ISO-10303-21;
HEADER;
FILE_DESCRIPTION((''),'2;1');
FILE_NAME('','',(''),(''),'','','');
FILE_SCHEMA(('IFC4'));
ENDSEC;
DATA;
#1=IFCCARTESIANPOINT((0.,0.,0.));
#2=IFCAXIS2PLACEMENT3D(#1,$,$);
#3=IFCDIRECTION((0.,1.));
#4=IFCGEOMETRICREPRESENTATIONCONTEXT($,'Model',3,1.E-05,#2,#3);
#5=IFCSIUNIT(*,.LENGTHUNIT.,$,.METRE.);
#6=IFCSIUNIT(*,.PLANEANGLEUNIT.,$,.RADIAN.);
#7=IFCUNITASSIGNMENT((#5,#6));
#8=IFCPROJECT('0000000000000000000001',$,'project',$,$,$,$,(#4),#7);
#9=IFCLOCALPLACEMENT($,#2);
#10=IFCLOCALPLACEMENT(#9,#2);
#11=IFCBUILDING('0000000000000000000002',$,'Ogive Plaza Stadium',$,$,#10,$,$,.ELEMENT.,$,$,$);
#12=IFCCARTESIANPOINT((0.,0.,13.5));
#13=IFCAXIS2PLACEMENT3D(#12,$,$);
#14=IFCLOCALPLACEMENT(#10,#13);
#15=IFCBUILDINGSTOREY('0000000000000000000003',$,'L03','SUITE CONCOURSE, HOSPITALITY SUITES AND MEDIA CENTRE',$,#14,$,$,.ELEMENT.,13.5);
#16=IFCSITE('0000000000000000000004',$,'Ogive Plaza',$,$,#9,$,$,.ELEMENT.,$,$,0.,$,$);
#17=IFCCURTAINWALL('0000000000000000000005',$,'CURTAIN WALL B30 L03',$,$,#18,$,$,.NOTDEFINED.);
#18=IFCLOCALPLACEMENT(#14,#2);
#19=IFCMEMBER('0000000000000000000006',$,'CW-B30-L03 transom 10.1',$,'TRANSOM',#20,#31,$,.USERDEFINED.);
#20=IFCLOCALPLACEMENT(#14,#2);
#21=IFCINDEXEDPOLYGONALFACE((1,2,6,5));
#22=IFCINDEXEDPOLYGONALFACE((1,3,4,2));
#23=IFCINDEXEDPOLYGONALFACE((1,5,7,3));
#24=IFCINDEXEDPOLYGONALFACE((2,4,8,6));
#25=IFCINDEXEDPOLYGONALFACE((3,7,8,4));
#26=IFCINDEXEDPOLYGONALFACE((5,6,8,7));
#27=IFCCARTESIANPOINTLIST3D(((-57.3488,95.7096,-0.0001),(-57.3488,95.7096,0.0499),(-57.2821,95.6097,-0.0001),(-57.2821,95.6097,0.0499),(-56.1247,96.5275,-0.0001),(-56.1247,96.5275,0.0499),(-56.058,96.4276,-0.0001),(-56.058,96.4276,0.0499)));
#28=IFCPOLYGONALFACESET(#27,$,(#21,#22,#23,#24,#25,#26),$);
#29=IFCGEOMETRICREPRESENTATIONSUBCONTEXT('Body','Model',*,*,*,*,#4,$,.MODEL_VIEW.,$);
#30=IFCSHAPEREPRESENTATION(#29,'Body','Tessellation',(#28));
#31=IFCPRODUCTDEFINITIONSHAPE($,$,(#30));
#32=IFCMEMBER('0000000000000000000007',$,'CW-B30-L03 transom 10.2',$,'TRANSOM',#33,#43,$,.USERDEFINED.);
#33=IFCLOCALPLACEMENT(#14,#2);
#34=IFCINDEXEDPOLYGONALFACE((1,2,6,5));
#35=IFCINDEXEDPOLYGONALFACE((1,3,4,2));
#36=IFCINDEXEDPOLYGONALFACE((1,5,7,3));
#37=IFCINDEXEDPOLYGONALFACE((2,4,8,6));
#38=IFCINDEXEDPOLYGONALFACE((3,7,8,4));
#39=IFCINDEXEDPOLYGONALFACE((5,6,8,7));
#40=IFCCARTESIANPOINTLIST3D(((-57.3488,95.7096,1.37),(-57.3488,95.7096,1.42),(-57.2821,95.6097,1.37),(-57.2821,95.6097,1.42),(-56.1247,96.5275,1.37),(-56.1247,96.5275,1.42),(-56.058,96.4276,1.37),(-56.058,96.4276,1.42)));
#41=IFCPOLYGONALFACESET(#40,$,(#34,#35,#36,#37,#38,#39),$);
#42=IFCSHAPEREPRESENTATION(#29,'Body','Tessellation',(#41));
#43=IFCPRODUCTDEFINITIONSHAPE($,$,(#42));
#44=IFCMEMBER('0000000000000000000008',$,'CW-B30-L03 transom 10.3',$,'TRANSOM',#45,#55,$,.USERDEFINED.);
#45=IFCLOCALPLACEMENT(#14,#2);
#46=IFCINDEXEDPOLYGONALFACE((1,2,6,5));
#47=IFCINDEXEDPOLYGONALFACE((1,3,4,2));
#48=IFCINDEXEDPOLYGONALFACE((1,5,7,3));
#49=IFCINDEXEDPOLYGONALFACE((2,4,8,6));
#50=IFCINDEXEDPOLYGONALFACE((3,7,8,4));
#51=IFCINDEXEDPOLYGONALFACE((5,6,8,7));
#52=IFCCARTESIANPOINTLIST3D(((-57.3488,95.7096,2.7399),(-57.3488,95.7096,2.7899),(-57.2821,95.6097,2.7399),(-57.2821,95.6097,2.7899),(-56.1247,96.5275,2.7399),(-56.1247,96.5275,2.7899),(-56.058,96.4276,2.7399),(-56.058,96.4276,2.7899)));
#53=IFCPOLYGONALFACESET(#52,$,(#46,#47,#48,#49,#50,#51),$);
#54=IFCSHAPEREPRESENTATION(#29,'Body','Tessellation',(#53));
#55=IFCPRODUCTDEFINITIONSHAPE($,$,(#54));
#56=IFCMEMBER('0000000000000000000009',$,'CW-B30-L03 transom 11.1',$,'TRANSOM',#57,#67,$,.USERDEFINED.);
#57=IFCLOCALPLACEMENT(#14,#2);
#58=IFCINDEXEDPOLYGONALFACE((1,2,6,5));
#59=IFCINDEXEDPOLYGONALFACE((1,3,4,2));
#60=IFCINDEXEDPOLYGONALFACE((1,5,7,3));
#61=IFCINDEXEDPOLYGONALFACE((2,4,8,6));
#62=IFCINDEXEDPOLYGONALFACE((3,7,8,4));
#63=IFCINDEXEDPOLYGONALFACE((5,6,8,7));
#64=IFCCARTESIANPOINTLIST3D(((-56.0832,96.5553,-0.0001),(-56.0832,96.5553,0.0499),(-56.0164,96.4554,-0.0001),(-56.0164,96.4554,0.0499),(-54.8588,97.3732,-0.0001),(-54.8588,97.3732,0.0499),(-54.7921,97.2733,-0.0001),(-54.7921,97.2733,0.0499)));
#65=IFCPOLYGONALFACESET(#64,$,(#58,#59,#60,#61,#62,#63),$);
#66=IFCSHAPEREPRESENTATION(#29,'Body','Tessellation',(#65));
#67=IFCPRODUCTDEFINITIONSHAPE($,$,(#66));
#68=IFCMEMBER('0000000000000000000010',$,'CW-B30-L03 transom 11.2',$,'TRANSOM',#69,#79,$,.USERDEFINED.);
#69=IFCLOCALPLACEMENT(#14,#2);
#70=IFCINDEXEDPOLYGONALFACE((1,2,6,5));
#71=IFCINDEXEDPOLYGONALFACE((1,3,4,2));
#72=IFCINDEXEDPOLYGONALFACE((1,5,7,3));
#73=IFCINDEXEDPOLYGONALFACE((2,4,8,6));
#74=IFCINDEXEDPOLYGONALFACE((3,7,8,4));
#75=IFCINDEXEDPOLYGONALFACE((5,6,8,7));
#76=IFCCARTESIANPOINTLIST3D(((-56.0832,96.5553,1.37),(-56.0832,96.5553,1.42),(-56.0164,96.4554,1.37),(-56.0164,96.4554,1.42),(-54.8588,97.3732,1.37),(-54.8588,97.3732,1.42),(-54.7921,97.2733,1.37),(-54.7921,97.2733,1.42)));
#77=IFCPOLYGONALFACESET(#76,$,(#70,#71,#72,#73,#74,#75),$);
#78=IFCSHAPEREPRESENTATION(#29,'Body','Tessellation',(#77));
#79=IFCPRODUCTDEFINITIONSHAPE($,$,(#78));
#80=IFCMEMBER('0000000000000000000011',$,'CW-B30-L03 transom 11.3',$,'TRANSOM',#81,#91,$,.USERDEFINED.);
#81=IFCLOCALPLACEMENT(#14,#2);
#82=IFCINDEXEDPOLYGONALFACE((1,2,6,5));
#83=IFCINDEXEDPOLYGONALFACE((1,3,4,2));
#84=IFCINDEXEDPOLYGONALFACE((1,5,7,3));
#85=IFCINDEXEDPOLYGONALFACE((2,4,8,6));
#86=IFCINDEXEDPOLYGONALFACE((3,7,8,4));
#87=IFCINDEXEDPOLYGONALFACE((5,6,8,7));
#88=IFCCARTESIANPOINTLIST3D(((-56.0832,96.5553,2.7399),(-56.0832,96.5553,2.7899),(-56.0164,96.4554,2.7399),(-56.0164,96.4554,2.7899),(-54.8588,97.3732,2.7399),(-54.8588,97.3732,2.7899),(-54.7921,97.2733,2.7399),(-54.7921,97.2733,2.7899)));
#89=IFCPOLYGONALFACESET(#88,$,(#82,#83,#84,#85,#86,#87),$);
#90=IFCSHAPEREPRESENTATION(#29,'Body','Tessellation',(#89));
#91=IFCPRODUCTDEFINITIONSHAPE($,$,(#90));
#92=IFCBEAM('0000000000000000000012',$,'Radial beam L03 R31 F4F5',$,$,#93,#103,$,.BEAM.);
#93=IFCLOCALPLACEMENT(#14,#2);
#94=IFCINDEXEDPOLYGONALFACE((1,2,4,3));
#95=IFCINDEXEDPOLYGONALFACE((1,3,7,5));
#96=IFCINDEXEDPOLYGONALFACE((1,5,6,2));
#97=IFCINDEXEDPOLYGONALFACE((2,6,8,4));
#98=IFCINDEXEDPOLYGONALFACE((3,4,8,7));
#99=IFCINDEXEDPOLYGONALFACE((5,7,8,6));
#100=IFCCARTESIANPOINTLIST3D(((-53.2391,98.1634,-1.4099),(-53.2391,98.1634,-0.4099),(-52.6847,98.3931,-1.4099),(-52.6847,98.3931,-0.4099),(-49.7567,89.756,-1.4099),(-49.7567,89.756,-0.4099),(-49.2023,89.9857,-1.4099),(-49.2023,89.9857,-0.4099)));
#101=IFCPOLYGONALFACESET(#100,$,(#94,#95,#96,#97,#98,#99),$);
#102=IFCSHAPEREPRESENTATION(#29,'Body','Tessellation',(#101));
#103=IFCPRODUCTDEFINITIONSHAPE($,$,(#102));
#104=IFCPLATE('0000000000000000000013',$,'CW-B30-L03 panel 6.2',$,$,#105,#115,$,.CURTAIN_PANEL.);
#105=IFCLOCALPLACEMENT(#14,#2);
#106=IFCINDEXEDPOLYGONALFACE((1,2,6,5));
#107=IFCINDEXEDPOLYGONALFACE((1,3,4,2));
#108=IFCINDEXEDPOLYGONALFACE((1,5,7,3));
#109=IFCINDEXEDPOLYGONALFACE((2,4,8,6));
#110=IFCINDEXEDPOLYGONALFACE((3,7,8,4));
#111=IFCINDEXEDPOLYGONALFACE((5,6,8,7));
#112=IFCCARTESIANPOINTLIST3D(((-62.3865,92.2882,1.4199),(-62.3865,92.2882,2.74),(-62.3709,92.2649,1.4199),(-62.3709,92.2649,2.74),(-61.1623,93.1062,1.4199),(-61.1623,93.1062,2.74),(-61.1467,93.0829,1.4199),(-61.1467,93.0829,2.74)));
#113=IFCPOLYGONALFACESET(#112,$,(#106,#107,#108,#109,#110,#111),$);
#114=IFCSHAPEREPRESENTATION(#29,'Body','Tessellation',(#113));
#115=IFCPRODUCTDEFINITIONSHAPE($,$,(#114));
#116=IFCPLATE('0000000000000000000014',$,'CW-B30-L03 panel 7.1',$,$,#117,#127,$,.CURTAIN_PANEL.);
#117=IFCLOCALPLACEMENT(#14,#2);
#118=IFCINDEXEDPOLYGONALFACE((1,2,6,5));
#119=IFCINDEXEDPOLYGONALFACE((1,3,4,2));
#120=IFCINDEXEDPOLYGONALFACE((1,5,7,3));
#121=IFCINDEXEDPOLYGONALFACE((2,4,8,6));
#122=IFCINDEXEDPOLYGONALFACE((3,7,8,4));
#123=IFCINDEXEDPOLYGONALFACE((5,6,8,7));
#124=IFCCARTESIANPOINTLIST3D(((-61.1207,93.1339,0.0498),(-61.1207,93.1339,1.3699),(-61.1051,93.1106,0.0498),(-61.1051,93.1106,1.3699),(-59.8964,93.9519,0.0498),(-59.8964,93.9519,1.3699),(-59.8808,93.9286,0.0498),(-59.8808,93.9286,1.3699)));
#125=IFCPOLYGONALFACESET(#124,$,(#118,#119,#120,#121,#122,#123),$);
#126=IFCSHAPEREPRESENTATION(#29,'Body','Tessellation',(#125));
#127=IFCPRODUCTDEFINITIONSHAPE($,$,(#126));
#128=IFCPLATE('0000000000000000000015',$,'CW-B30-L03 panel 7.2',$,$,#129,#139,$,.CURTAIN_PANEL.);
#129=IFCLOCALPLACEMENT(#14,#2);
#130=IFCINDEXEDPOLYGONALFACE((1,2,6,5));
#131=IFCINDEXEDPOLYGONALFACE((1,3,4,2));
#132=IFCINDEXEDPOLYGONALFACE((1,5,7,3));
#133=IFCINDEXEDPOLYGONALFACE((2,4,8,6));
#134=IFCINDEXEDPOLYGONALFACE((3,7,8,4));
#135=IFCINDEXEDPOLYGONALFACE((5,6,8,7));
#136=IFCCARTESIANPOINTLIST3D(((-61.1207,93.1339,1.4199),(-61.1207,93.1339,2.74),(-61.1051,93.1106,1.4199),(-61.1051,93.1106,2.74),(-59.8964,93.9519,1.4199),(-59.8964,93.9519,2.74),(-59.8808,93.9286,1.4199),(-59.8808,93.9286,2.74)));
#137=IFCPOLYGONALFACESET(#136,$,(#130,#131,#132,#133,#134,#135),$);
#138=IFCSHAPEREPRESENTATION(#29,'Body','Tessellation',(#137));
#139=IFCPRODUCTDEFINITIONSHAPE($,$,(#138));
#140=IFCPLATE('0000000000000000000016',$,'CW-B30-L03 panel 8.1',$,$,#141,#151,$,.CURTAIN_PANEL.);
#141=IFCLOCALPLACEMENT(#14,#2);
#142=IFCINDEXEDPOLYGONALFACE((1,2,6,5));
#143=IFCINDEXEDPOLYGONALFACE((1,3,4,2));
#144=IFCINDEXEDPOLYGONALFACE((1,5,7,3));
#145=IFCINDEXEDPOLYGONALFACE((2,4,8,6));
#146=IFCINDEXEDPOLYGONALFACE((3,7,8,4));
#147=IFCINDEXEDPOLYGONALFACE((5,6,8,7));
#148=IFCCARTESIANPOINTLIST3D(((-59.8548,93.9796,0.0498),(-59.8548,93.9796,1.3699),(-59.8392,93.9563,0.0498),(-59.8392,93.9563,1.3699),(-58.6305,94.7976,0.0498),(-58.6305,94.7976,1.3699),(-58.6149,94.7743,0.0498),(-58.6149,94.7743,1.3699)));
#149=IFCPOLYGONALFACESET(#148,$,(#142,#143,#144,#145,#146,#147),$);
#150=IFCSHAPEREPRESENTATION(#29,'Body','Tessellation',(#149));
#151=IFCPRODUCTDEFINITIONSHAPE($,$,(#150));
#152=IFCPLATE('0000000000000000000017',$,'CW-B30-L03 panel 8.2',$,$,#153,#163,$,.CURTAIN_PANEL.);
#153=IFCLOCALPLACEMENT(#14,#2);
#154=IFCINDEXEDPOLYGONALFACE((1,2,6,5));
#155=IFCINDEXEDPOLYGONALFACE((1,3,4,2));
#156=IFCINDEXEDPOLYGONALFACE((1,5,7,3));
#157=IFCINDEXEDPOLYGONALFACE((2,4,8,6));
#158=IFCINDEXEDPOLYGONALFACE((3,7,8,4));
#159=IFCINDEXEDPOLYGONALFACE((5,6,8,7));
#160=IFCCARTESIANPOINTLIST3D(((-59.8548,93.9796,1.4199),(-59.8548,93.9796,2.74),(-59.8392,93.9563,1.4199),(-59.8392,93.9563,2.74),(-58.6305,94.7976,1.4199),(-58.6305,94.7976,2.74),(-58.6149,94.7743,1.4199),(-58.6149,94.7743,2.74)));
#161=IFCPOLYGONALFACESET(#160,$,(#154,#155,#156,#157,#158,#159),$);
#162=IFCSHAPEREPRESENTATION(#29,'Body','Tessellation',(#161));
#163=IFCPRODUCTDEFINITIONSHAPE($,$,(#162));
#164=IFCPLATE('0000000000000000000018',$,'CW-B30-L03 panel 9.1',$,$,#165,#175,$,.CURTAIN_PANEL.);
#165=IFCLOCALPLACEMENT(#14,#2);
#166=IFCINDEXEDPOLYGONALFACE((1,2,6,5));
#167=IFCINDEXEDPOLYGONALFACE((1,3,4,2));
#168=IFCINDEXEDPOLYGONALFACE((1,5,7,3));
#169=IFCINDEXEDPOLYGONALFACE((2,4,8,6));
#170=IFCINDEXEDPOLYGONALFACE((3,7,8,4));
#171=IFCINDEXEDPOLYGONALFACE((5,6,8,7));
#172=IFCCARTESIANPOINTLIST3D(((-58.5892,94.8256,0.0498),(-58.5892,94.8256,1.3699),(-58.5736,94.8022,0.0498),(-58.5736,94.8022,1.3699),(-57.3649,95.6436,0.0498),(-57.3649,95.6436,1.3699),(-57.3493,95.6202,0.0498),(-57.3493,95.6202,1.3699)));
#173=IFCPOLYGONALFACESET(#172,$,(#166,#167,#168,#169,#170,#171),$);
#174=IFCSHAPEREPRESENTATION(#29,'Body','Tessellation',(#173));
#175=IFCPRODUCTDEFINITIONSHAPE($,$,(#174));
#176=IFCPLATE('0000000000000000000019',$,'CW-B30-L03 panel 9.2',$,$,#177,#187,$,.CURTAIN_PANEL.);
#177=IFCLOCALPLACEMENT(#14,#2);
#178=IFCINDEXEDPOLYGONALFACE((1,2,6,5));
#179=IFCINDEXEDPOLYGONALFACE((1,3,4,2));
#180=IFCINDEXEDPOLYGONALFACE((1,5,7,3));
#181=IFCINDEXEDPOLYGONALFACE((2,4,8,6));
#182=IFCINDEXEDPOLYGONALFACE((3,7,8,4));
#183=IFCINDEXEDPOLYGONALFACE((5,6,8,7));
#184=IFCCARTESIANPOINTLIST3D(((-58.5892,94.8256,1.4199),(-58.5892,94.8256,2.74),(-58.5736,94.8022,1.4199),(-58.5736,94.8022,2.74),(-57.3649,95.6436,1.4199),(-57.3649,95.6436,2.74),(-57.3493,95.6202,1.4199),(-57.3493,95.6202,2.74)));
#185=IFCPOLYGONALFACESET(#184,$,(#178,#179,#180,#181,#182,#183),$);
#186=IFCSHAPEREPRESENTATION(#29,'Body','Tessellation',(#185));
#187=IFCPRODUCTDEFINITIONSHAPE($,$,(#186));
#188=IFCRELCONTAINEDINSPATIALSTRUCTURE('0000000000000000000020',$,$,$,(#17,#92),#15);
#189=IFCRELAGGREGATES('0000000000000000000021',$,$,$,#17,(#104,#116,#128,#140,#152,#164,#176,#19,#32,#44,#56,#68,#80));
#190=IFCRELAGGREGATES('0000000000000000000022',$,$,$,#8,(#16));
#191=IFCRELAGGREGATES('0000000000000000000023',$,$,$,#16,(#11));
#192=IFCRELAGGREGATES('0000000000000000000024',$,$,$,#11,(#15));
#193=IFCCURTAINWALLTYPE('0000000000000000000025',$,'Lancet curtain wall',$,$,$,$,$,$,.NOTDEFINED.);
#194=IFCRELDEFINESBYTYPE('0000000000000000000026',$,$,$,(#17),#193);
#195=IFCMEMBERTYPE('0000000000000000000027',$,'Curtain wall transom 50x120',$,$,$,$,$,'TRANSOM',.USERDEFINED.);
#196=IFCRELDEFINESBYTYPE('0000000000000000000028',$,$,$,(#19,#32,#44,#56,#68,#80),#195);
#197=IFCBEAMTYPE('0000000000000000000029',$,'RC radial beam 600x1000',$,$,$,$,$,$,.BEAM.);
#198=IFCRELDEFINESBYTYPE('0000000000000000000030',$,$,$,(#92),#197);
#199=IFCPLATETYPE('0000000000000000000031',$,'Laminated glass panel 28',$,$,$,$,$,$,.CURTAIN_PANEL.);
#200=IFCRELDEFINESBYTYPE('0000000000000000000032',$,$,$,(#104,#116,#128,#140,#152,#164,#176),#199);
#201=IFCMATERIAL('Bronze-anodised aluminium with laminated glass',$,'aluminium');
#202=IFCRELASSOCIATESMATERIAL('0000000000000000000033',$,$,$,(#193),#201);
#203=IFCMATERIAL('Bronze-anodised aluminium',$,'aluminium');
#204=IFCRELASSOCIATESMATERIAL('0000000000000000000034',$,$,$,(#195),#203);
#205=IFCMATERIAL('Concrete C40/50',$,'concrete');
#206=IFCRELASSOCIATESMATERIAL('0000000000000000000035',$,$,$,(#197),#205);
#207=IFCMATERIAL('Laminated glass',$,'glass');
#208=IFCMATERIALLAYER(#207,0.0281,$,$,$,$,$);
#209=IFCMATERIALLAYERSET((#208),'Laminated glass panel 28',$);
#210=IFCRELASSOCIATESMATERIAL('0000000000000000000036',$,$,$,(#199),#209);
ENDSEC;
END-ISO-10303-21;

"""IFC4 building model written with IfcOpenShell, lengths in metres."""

from ifc_helpers import new_model, si_unit, direction, frame, origin, origin_2d, place, context, subcontext, project, spatial, rectangle, extrude, material, layer, layer_set, material_profile, profile_set, type_object, element, aggregate, save


model = new_model("IFC4")

# Units and contexts
model_context = context("Model", 3, precision=1e-05, world=origin(), true_north=direction((0.0, 1.0)))
body_context = subcontext(model_context, "Body", "Model", "MODEL_VIEW")
ifc_project = project(units=[si_unit("LENGTHUNIT", "METRE"), si_unit("PLANEANGLEUNIT", "RADIAN")], contexts=[model_context])

# Site, building, storey
site_placement = place(None, origin())
site = spatial("IfcSite", under=ifc_project, at=site_placement, Name="Ogive Plaza", CompositionType="ELEMENT", RefElevation=0.0)
building_placement = place(site_placement, origin())
building = spatial("IfcBuilding", under=site, at=building_placement, Name="Ogive Plaza Stadium", CompositionType="ELEMENT")
storey_placement = place(building_placement, frame((0.0, 0.0, 13.5)))
storey = spatial("IfcBuildingStorey", under=building, at=storey_placement, Name="L03", Description="SUITE CONCOURSE, HOSPITALITY SUITES AND MEDIA CENTRE", CompositionType="ELEMENT", Elevation=13.5)

# Curtain wall, members
ifc_material_1 = material(Name="Bronze-anodised aluminium with laminated glass", Category="aluminium")
curtain_wall_type = type_object("IfcCurtainWallType", Name="Lancet curtain wall", PredefinedType="NOTDEFINED", material=ifc_material_1)
curtain_wall_placement = place(storey_placement, origin())
curtain_wall = element("IfcCurtainWall", 1, at=curtain_wall_placement, inside=storey, type_object=curtain_wall_type, Name="CURTAIN WALL B30 L03", PredefinedType="NOTDEFINED")
ifc_material_2 = material(Name="Bronze-anodised aluminium", Category="aluminium")
ifc_material_profile_1 = material_profile(ifc_material_2, rectangle(XDim=0.1201, YDim=0.05, at=origin_2d()), Name="AL 120x50")
ifc_profile_set_1 = profile_set([ifc_material_profile_1], Name="Bronze-anodised aluminium")
member_type_1 = type_object("IfcMemberType", Name="Curtain wall transom 50x120", ElementType="TRANSOM", PredefinedType="USERDEFINED", material=ifc_profile_set_1)
member_1_placement = place(storey_placement, frame((-57.3154, 95.6597, 0.0249), z_axis=(0.831489, 0.555542, 0.0), x_axis=(-0.555542, 0.831489, 0.0)))
member_1 = element("IfcMember", 2, at=member_1_placement, type_object=member_type_1, Name="CW-B30-L03 transom 10.1", ObjectType="TRANSOM", PredefinedType="USERDEFINED", context=body_context, shape_type="SweptSolid", body=[
    extrude(rectangle(XDim=0.1201, YDim=0.05, at=origin_2d()), origin(), (0.0, 0.0, 1.0), 1.4722),
])
member_2_placement = place(storey_placement, frame((-57.3154, 95.6597, 1.395), z_axis=(0.831489, 0.555542, 0.0), x_axis=(-0.555542, 0.831489, 0.0)))
member_2 = element("IfcMember", 3, at=member_2_placement, type_object=member_type_1, Name="CW-B30-L03 transom 10.2", ObjectType="TRANSOM", PredefinedType="USERDEFINED", context=body_context, shape_type="SweptSolid", body=[
    extrude(rectangle(XDim=0.1201, YDim=0.05, at=origin_2d()), origin(), (0.0, 0.0, 1.0), 1.4722),
])
member_3_placement = place(storey_placement, frame((-57.3154, 95.6597, 2.7649), z_axis=(0.831489, 0.555542, 0.0), x_axis=(-0.555542, 0.831489, 0.0)))
member_3 = element("IfcMember", 4, at=member_3_placement, type_object=member_type_1, Name="CW-B30-L03 transom 10.3", ObjectType="TRANSOM", PredefinedType="USERDEFINED", context=body_context, shape_type="SweptSolid", body=[
    extrude(rectangle(XDim=0.1201, YDim=0.05, at=origin_2d()), origin(), (0.0, 0.0, 1.0), 1.4722),
])
member_4_placement = place(storey_placement, frame((-56.0498, 96.5054, 0.0249), z_axis=(0.83154, 0.555465, 0.0), x_axis=(-0.555465, 0.83154, 0.0)))
member_4 = element("IfcMember", 5, at=member_4_placement, type_object=member_type_1, Name="CW-B30-L03 transom 11.1", ObjectType="TRANSOM", PredefinedType="USERDEFINED", context=body_context, shape_type="SweptSolid", body=[
    extrude(rectangle(XDim=0.1201, YDim=0.05, at=origin_2d()), origin(), (0.0, 0.0, 1.0), 1.4724),
])
member_5_placement = place(storey_placement, frame((-56.0498, 96.5054, 1.395), z_axis=(0.83154, 0.555465, 0.0), x_axis=(-0.555465, 0.83154, 0.0)))
member_5 = element("IfcMember", 6, at=member_5_placement, type_object=member_type_1, Name="CW-B30-L03 transom 11.2", ObjectType="TRANSOM", PredefinedType="USERDEFINED", context=body_context, shape_type="SweptSolid", body=[
    extrude(rectangle(XDim=0.1201, YDim=0.05, at=origin_2d()), origin(), (0.0, 0.0, 1.0), 1.4724),
])
member_6_placement = place(storey_placement, frame((-56.0498, 96.5054, 2.7649), z_axis=(0.83154, 0.555465, 0.0), x_axis=(-0.555465, 0.83154, 0.0)))
member_6 = element("IfcMember", 7, at=member_6_placement, type_object=member_type_1, Name="CW-B30-L03 transom 11.3", ObjectType="TRANSOM", PredefinedType="USERDEFINED", context=body_context, shape_type="SweptSolid", body=[
    extrude(rectangle(XDim=0.1201, YDim=0.05, at=origin_2d()), origin(), (0.0, 0.0, 1.0), 1.4724),
])

# Beam
ifc_material_3 = material(Name="Concrete C40/50", Category="concrete")
ifc_material_profile_2 = material_profile(ifc_material_3, rectangle(XDim=0.6001, YDim=1.0, at=origin_2d()), Name="RC 600x1000")
ifc_profile_set_2 = profile_set([ifc_material_profile_2], Name="Concrete C40/50")
beam_type = type_object("IfcBeamType", Name="RC radial beam 600x1000", PredefinedType="BEAM", material=ifc_profile_set_2)
beam_placement = place(storey_placement, frame((-49.4795, 89.8708, -0.9099), z_axis=(-0.382677, 0.923882, 0.0), x_axis=(-0.923882, -0.382677, 0.0)))
element("IfcBeam", 8, at=beam_placement, inside=storey, type_object=beam_type, Name="Radial beam L03 R31 F4F5", PredefinedType="BEAM", context=body_context, shape_type="SweptSolid", body=[
    extrude(rectangle(XDim=0.6001, YDim=1.0, at=origin_2d()), origin(), (0.0, 0.0, 1.0), 9.1001),
])

# Plates
ifc_material_4 = material(Name="Laminated glass", Category="glass")
ifc_layer_1 = layer(ifc_material_4, 0.0281)
ifc_layer_set_1 = layer_set([ifc_layer_1], Name="Laminated glass panel 28")
plate_type = type_object("IfcPlateType", Name="Laminated glass panel 28", PredefinedType="CURTAIN_PANEL", material=ifc_layer_set_1)
plate_1_placement = place(storey_placement, frame((-61.7666, 92.6855, 1.4199), z_axis=(0.0, 0.0, 1.0), x_axis=(0.83147, 0.55557, 0.0)))
plate_1 = element("IfcPlate", 9, at=plate_1_placement, type_object=plate_type, Name="CW-B30-L03 panel 6.2", PredefinedType="CURTAIN_PANEL", context=body_context, shape_type="SweptSolid", body=[
    extrude(rectangle(XDim=1.4724, YDim=0.0281, at=origin_2d()), origin(), (0.0, 0.0, 1.0), 1.3201),
])
plate_2_placement = place(storey_placement, frame((-60.5007, 93.5312, 0.0498), z_axis=(0.0, 0.0, 1.0), x_axis=(0.83147, 0.55557, 0.0)))
plate_2 = element("IfcPlate", 10, at=plate_2_placement, type_object=plate_type, Name="CW-B30-L03 panel 7.1", PredefinedType="CURTAIN_PANEL", context=body_context, shape_type="SweptSolid", body=[
    extrude(rectangle(XDim=1.4724, YDim=0.0281, at=origin_2d()), origin(), (0.0, 0.0, 1.0), 1.3201),
])
plate_3_placement = place(storey_placement, frame((-60.5007, 93.5312, 1.4199), z_axis=(0.0, 0.0, 1.0), x_axis=(0.83147, 0.55557, 0.0)))
plate_3 = element("IfcPlate", 11, at=plate_3_placement, type_object=plate_type, Name="CW-B30-L03 panel 7.2", PredefinedType="CURTAIN_PANEL", context=body_context, shape_type="SweptSolid", body=[
    extrude(rectangle(XDim=1.4724, YDim=0.0281, at=origin_2d()), origin(), (0.0, 0.0, 1.0), 1.3201),
])
plate_4_placement = place(storey_placement, frame((-59.2349, 94.377, 0.0498), z_axis=(0.0, 0.0, 1.0), x_axis=(0.83147, 0.55557, 0.0)))
plate_4 = element("IfcPlate", 12, at=plate_4_placement, type_object=plate_type, Name="CW-B30-L03 panel 8.1", PredefinedType="CURTAIN_PANEL", context=body_context, shape_type="SweptSolid", body=[
    extrude(rectangle(XDim=1.4724, YDim=0.0281, at=origin_2d()), origin(), (0.0, 0.0, 1.0), 1.3201),
])
plate_5_placement = place(storey_placement, frame((-59.2349, 94.377, 1.4199), z_axis=(0.0, 0.0, 1.0), x_axis=(0.83147, 0.55557, 0.0)))
plate_5 = element("IfcPlate", 13, at=plate_5_placement, type_object=plate_type, Name="CW-B30-L03 panel 8.2", PredefinedType="CURTAIN_PANEL", context=body_context, shape_type="SweptSolid", body=[
    extrude(rectangle(XDim=1.4724, YDim=0.0281, at=origin_2d()), origin(), (0.0, 0.0, 1.0), 1.3201),
])
plate_6_placement = place(storey_placement, frame((-57.9692, 95.2229, 0.0498), z_axis=(0.0, 0.0, 1.0), x_axis=(0.83147, 0.55557, 0.0)))
plate_6 = element("IfcPlate", 14, at=plate_6_placement, type_object=plate_type, Name="CW-B30-L03 panel 9.1", PredefinedType="CURTAIN_PANEL", context=body_context, shape_type="SweptSolid", body=[
    extrude(rectangle(XDim=1.4724, YDim=0.0281, at=origin_2d()), origin(), (0.0, 0.0, 1.0), 1.3201),
])
plate_7_placement = place(storey_placement, frame((-57.9692, 95.2229, 1.4199), z_axis=(0.0, 0.0, 1.0), x_axis=(0.83147, 0.55557, 0.0)))
plate_7 = element("IfcPlate", 15, at=plate_7_placement, type_object=plate_type, Name="CW-B30-L03 panel 9.2", PredefinedType="CURTAIN_PANEL", context=body_context, shape_type="SweptSolid", body=[
    extrude(rectangle(XDim=1.4724, YDim=0.0281, at=origin_2d()), origin(), (0.0, 0.0, 1.0), 1.3201),
])
aggregate(curtain_wall, [plate_1, plate_2, plate_3, plate_4, plate_5, plate_6, plate_7, member_1, member_2, member_3, member_4, member_5, member_6])

save(model, "model.ifc")
